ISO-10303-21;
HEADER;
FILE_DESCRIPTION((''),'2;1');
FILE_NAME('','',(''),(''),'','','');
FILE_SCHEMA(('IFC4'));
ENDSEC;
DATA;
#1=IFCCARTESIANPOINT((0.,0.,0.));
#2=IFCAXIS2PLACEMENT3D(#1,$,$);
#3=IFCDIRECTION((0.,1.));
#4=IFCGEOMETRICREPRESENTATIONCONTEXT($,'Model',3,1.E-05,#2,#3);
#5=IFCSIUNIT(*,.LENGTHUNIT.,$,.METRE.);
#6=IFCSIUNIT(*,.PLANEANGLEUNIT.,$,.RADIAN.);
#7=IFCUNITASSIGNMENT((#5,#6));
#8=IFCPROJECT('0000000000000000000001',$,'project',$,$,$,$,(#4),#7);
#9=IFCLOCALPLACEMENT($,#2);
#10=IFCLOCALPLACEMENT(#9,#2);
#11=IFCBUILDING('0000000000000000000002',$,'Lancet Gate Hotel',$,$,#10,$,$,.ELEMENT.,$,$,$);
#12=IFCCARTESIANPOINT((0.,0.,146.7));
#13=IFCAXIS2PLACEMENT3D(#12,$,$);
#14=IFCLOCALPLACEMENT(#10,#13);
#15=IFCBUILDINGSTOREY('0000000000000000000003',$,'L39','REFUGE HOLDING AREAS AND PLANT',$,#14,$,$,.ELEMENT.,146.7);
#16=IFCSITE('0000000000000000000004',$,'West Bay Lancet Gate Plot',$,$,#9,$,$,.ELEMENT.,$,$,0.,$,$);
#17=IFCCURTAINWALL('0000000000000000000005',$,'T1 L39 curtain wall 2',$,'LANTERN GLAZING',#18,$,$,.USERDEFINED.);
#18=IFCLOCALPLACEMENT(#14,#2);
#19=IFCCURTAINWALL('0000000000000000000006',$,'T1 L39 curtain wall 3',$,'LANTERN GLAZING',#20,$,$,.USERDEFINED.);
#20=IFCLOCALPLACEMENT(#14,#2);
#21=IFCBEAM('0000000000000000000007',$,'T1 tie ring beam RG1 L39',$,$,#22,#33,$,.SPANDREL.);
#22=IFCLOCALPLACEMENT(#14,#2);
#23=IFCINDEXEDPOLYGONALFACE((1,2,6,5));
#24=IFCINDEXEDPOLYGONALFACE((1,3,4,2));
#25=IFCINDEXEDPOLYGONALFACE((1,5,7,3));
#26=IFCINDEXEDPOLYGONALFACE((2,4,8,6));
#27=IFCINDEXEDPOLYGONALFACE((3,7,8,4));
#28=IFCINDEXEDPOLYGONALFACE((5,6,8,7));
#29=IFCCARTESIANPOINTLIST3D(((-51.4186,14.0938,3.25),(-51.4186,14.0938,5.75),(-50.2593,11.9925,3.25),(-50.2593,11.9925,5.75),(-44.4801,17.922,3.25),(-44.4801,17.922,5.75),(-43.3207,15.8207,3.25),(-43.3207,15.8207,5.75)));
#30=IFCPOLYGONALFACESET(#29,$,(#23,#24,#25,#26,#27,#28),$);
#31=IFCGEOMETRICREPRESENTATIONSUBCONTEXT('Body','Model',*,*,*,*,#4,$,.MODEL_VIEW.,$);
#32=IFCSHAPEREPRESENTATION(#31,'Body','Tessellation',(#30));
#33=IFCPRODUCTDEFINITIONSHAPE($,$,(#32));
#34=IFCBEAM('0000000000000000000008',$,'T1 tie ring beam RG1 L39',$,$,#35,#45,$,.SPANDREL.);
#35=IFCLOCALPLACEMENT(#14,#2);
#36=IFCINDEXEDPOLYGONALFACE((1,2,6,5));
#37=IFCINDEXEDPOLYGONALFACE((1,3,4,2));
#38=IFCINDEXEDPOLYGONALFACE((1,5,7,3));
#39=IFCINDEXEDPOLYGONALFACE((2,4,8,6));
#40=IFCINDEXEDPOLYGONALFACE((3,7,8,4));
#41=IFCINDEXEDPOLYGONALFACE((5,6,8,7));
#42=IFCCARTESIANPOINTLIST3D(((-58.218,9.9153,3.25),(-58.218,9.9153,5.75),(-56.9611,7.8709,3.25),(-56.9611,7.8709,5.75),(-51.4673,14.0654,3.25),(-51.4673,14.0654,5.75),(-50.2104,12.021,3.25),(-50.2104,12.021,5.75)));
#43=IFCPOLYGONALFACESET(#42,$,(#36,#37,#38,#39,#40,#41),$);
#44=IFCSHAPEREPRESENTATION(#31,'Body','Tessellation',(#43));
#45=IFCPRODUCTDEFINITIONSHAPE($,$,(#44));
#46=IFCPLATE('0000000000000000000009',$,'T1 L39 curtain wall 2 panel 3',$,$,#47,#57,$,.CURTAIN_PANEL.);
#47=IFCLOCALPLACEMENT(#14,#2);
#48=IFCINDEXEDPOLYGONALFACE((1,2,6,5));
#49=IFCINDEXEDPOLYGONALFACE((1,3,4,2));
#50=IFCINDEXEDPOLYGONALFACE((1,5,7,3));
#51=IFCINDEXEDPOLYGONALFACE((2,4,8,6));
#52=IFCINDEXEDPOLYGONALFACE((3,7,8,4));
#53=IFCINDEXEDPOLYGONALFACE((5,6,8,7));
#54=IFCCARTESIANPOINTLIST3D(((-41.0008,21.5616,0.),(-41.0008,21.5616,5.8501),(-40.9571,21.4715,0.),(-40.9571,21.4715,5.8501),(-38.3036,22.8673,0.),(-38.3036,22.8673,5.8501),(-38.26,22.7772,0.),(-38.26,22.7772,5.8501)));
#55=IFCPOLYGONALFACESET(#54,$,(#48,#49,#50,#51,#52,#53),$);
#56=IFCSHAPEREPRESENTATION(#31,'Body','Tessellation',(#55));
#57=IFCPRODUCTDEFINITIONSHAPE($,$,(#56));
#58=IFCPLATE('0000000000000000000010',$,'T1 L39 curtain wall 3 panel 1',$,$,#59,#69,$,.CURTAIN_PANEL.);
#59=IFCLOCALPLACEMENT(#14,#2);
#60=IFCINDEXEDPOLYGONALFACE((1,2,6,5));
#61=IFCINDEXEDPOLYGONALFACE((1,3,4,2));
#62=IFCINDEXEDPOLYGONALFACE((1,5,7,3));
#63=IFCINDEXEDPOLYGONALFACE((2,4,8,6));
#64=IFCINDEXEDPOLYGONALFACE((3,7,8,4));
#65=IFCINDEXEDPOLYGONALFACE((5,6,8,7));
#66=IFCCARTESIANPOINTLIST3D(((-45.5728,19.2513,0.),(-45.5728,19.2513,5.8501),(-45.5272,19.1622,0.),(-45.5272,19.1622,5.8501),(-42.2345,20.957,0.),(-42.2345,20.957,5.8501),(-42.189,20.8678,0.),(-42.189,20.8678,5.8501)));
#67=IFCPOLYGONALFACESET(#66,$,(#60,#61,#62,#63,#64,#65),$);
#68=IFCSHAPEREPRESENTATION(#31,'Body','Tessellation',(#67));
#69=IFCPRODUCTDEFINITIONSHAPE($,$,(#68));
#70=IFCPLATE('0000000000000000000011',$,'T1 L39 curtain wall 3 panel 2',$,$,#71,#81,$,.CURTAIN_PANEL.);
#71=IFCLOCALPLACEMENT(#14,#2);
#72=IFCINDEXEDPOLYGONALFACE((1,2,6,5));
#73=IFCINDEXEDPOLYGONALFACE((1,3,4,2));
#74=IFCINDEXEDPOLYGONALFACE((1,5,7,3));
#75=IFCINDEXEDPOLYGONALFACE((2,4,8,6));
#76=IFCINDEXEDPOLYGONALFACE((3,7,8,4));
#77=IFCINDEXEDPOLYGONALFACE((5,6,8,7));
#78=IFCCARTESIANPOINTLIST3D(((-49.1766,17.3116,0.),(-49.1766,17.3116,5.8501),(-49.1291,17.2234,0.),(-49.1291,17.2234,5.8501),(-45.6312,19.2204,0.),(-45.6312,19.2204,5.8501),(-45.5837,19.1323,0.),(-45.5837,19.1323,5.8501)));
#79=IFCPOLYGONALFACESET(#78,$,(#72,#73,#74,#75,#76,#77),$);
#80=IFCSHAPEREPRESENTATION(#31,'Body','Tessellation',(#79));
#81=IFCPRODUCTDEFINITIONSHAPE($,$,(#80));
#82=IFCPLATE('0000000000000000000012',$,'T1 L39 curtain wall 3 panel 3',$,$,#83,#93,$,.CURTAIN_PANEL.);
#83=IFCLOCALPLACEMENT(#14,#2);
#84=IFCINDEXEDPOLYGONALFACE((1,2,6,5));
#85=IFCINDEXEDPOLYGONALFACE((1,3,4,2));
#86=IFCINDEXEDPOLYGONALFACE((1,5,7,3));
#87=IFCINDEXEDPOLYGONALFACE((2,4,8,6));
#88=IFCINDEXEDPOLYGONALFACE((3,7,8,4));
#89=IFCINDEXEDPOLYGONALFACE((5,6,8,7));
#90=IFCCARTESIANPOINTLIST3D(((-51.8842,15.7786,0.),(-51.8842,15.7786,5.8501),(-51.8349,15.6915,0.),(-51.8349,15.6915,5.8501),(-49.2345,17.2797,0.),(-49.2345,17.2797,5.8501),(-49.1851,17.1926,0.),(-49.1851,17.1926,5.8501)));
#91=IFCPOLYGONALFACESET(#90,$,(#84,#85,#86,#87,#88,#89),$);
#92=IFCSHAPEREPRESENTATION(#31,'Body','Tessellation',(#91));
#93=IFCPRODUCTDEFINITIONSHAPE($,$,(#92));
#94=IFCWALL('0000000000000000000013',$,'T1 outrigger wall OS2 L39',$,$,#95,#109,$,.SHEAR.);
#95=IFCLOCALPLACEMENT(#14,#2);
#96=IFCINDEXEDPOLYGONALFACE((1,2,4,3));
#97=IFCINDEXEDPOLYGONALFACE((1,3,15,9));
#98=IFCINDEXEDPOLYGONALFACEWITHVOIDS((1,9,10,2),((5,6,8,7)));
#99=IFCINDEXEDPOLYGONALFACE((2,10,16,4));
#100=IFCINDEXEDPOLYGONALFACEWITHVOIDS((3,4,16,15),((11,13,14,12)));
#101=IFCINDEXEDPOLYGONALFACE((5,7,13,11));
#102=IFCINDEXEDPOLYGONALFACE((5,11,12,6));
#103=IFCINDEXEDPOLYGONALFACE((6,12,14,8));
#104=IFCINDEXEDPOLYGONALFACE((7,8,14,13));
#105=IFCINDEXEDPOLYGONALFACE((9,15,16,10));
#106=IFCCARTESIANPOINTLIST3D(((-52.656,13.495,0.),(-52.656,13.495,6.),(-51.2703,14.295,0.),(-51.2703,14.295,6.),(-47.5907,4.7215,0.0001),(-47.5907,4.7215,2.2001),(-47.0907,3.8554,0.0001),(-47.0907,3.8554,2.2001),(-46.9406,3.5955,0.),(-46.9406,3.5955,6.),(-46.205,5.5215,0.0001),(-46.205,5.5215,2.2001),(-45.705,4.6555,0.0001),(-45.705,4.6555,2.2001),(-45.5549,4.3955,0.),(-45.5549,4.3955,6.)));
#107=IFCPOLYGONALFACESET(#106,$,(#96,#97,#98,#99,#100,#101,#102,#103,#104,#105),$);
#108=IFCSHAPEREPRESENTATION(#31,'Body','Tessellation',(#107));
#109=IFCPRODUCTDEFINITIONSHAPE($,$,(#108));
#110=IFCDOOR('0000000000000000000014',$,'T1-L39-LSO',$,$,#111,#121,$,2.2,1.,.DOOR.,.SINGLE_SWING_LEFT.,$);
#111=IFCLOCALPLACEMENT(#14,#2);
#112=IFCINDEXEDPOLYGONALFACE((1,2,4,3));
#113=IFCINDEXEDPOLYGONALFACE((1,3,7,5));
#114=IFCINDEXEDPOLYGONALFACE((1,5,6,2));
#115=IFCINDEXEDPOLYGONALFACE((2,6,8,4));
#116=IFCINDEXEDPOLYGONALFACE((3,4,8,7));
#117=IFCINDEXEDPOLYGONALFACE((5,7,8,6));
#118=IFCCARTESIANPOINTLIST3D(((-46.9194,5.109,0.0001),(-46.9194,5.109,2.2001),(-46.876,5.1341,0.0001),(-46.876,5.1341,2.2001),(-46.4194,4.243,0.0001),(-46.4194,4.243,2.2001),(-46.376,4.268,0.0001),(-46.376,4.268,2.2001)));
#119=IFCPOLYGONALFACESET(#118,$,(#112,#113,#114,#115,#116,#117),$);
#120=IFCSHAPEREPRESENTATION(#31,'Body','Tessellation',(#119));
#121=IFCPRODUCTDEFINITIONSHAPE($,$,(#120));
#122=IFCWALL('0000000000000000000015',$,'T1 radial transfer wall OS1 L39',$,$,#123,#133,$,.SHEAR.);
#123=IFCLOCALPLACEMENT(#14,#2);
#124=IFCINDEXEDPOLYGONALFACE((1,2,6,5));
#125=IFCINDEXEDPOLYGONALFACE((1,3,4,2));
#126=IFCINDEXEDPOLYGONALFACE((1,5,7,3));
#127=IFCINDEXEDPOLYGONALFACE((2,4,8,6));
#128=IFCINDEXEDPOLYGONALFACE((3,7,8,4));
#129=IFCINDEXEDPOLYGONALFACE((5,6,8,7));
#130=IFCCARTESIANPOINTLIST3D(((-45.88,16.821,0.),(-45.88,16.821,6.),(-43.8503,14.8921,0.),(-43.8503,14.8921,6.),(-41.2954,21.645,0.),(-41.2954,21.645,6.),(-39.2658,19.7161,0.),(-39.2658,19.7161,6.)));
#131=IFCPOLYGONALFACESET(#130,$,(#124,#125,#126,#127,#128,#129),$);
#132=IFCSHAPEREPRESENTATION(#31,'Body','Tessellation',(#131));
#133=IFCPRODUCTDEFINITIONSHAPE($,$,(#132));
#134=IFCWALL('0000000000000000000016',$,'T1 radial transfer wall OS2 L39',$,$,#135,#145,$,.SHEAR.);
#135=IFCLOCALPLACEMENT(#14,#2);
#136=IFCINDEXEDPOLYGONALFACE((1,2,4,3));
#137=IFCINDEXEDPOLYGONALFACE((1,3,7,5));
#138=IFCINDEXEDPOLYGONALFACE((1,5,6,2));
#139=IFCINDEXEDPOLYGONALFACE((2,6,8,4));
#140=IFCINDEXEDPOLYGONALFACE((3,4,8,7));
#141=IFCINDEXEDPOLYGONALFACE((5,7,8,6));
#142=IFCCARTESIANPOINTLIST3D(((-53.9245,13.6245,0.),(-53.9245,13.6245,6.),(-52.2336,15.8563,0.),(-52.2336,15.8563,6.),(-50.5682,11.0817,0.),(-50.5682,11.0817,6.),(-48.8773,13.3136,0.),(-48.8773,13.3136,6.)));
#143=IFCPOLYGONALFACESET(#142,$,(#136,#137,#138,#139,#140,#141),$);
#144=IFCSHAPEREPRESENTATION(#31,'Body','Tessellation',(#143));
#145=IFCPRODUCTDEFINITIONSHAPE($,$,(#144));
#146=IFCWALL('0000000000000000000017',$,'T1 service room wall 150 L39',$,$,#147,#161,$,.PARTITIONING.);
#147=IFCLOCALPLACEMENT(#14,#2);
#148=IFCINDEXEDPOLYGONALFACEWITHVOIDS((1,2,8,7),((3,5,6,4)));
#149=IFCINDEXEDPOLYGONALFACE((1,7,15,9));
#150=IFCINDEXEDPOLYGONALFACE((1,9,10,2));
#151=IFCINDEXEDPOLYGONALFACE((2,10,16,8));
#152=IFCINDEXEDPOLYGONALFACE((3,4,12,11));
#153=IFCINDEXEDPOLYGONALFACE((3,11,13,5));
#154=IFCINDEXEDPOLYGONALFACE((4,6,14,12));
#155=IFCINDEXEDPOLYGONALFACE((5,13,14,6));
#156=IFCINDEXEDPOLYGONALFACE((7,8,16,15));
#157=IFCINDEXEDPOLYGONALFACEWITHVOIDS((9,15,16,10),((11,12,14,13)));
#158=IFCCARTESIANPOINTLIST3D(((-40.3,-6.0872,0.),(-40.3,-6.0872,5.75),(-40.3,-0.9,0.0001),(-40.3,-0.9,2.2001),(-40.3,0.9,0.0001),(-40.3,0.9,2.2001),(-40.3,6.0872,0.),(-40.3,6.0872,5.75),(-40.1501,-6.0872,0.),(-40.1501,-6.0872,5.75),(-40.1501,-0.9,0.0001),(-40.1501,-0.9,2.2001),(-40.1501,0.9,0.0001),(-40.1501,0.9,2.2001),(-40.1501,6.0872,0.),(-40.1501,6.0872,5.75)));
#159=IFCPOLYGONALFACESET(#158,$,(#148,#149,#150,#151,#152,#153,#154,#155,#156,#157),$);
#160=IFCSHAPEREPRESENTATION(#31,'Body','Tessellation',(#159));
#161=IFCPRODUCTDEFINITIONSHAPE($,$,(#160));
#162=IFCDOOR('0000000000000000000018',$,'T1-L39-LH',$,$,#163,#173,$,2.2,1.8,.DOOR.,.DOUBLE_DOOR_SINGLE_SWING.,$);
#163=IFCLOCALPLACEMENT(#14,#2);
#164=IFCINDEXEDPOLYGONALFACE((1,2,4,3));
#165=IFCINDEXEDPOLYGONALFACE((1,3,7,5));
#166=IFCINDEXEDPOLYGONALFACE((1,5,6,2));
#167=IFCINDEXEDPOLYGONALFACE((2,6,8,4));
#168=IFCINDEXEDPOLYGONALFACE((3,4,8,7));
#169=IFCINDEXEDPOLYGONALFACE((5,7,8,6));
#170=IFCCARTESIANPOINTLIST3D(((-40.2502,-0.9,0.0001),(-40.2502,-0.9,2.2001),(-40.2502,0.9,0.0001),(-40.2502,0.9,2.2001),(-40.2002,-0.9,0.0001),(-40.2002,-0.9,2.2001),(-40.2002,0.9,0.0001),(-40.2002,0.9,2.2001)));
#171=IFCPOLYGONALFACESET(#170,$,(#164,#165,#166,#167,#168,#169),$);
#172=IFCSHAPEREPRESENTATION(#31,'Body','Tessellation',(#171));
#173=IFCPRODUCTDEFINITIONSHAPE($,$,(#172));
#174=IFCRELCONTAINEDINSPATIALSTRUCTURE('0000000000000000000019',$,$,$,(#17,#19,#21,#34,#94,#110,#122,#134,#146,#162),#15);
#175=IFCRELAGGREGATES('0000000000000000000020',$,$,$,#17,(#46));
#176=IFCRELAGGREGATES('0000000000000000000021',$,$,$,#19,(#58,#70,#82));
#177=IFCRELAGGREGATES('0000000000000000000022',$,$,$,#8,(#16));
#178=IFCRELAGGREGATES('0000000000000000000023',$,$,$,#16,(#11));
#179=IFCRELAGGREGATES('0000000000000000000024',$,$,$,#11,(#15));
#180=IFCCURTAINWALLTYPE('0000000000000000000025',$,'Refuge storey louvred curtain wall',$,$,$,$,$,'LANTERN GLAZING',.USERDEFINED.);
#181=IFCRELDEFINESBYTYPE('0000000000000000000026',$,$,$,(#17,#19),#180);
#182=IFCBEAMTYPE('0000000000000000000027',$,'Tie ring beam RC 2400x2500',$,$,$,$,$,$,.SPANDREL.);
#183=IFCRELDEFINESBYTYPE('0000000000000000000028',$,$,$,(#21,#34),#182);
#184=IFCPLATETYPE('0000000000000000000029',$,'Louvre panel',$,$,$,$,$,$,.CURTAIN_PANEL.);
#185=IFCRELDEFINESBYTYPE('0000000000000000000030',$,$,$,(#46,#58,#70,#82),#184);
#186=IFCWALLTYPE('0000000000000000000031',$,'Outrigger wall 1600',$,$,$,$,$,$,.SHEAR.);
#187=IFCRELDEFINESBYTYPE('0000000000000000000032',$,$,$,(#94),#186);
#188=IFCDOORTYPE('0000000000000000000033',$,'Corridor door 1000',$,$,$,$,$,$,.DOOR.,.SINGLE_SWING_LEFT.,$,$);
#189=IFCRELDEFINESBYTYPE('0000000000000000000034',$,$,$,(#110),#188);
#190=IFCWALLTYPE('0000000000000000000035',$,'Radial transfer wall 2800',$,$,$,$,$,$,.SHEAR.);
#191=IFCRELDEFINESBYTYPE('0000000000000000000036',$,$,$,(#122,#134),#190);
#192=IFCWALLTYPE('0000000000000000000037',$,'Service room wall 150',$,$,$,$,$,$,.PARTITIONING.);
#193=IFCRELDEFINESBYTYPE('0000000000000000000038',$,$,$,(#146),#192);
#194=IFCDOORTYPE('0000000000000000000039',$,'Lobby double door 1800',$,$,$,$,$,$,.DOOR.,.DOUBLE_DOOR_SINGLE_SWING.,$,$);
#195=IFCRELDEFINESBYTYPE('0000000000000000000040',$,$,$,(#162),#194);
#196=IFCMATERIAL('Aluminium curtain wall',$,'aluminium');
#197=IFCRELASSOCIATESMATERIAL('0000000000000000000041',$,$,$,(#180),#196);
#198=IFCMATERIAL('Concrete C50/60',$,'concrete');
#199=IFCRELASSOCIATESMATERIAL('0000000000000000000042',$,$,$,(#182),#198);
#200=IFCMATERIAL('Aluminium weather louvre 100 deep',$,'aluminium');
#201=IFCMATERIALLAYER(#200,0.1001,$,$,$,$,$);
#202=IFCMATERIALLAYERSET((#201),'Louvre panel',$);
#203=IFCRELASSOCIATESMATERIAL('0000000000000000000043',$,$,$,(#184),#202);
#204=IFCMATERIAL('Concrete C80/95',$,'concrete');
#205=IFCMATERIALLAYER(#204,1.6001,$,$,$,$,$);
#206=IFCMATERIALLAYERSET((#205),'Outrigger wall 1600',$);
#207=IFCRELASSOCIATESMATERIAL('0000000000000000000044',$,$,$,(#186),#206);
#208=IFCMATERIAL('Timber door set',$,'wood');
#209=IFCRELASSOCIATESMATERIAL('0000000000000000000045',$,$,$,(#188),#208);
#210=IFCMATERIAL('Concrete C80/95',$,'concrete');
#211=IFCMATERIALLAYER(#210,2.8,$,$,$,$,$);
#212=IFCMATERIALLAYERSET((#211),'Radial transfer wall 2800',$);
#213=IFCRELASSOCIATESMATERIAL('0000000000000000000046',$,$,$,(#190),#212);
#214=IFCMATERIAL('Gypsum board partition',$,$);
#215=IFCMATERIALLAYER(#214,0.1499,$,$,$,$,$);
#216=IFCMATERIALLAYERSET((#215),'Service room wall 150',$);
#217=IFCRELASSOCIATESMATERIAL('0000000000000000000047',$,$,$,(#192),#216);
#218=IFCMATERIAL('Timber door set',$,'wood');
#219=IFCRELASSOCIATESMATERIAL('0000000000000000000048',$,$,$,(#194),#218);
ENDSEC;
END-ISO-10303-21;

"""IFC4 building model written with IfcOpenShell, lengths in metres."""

from ifc_helpers import new_model, si_unit, direction, frame, frame_2d, origin, origin_2d, place, context, subcontext, project, spatial, rectangle, extrude, material, layer, layer_set, material_profile, profile_set, type_object, element, fill, aggregate, save


model = new_model("IFC4")

# Units and contexts
model_context = context("Model", 3, precision=1e-05, world=origin(), true_north=direction((0.0, 1.0)))
body_context = subcontext(model_context, "Body", "Model", "MODEL_VIEW")
ifc_project = project(units=[si_unit("LENGTHUNIT", "METRE"), si_unit("PLANEANGLEUNIT", "RADIAN")], contexts=[model_context])

# Site, building, storey
site_placement = place(None, origin())
site = spatial("IfcSite", under=ifc_project, at=site_placement, Name="West Bay Lancet Gate Plot", CompositionType="ELEMENT", RefElevation=0.0)
building_placement = place(site_placement, origin())
building = spatial("IfcBuilding", under=site, at=building_placement, Name="Lancet Gate Hotel", CompositionType="ELEMENT")
storey_placement = place(building_placement, frame((0.0, 0.0, 146.7)))
storey = spatial("IfcBuildingStorey", under=building, at=storey_placement, Name="L39", Description="REFUGE HOLDING AREAS AND PLANT", CompositionType="ELEMENT", Elevation=146.7)

# Curtain walls
ifc_material_1 = material(Name="Aluminium curtain wall", Category="aluminium")
curtain_wall_type = type_object("IfcCurtainWallType", Name="Refuge storey louvred curtain wall", ElementType="LANTERN GLAZING", PredefinedType="USERDEFINED", material=ifc_material_1)
curtain_wall_1_placement = place(storey_placement, origin())
curtain_wall_1 = element("IfcCurtainWall", 1, at=curtain_wall_1_placement, inside=storey, type_object=curtain_wall_type, Name="T1 L39 curtain wall 2", ObjectType="LANTERN GLAZING", PredefinedType="USERDEFINED")
curtain_wall_2_placement = place(storey_placement, origin())
curtain_wall_2 = element("IfcCurtainWall", 2, at=curtain_wall_2_placement, inside=storey, type_object=curtain_wall_type, Name="T1 L39 curtain wall 3", ObjectType="LANTERN GLAZING", PredefinedType="USERDEFINED")

# Beams
ifc_material_2 = material(Name="Concrete C50/60", Category="concrete")
ifc_material_profile_1 = material_profile(ifc_material_2, rectangle(XDim=2.3999, YDim=2.5, at=origin_2d()), Name="RC 2400x2500")
ifc_profile_set_1 = profile_set([ifc_material_profile_1], Name="Concrete C50/60")
beam_type_1 = type_object("IfcBeamType", Name="Tie ring beam RC 2400x2500", PredefinedType="SPANDREL", material=ifc_profile_set_1)
beam_1_placement = place(storey_placement, frame((-43.9004, 16.8713, 4.5), z_axis=(-0.875578, -0.483077, 0.0), x_axis=(0.483077, -0.875578, 0.0)))
element("IfcBeam", 3, at=beam_1_placement, inside=storey, type_object=beam_type_1, Name="T1 tie ring beam RG1 L39", PredefinedType="SPANDREL", context=body_context, shape_type="SweptSolid", body=[
    extrude(rectangle(XDim=2.3999, YDim=2.5, at=origin_2d()), origin(), (0.0, 0.0, 1.0), 7.9246),
])
beam_2_placement = place(storey_placement, frame((-50.8389, 13.0432, 4.5), z_axis=(-0.851892, -0.523717, 0.0), x_axis=(0.523717, -0.851892, 0.0)))
element("IfcBeam", 4, at=beam_2_placement, inside=storey, type_object=beam_type_1, Name="T1 tie ring beam RG1 L39", PredefinedType="SPANDREL", context=body_context, shape_type="SweptSolid", body=[
    extrude(rectangle(XDim=2.3999, YDim=2.5, at=origin_2d()), origin(), (0.0, 0.0, 1.0), 7.9243),
])

# Plates
ifc_material_3 = material(Name="Aluminium weather louvre 100 deep", Category="aluminium")
ifc_layer_1 = layer(ifc_material_3, 0.1001)
ifc_layer_set_1 = layer_set([ifc_layer_1], Name="Louvre panel")
plate_type = type_object("IfcPlateType", Name="Louvre panel", PredefinedType="CURTAIN_PANEL", material=ifc_layer_set_1)
plate_1_placement = place(storey_placement, frame((-39.6304, 22.1694, 0.0), z_axis=(0.0, 0.0, 1.0), x_axis=(-0.900082, -0.435721, 0.0)))
plate_1 = element("IfcPlate", 5, at=plate_1_placement, type_object=plate_type, Name="T1 L39 curtain wall 2 panel 3", PredefinedType="CURTAIN_PANEL", context=body_context, shape_type="SweptSolid", body=[
    extrude(rectangle(XDim=2.9966, YDim=0.1001, at=origin_2d()), origin(), (0.0, 0.0, 1.0), 5.8501),
])
aggregate(curtain_wall_1, [plate_1])
plate_2_placement = place(storey_placement, frame((-43.8809, 20.0596, 0.0), z_axis=(0.0, 0.0, 1.0), x_axis=(-0.890493, -0.454996, 0.0)))
plate_2 = element("IfcPlate", 6, at=plate_2_placement, type_object=plate_type, Name="T1 L39 curtain wall 3 panel 1", PredefinedType="CURTAIN_PANEL", context=body_context, shape_type="SweptSolid", body=[
    extrude(rectangle(XDim=3.7488, YDim=0.1001, at=origin_2d()), origin(), (0.0, 0.0, 1.0), 5.8501),
])
plate_3_placement = place(storey_placement, frame((-47.3801, 18.2219, 0.0), z_axis=(0.0, 0.0, 1.0), x_axis=(-0.880493, -0.47406, 0.0)))
plate_3 = element("IfcPlate", 7, at=plate_3_placement, type_object=plate_type, Name="T1 L39 curtain wall 3 panel 2", PredefinedType="CURTAIN_PANEL", context=body_context, shape_type="SweptSolid", body=[
    extrude(rectangle(XDim=4.0266, YDim=0.1001, at=origin_2d()), origin(), (0.0, 0.0, 1.0), 5.8501),
])
plate_4_placement = place(storey_placement, frame((-50.5347, 16.4856, 0.0), z_axis=(0.0, 0.0, 1.0), x_axis=(-0.870084, -0.492904, 0.0)))
plate_4 = element("IfcPlate", 8, at=plate_4_placement, type_object=plate_type, Name="T1 L39 curtain wall 3 panel 3", PredefinedType="CURTAIN_PANEL", context=body_context, shape_type="SweptSolid", body=[
    extrude(rectangle(XDim=3.0454, YDim=0.1001, at=origin_2d()), origin(), (0.0, 0.0, 1.0), 5.8501),
])
aggregate(curtain_wall_2, [plate_2, plate_3, plate_4])

# Wall, opening, door
ifc_material_4 = material(Name="Concrete C80/95", Category="concrete")
ifc_layer_2 = layer(ifc_material_4, 1.6001)
ifc_layer_set_2 = layer_set([ifc_layer_2], Name="Outrigger wall 1600")
wall_type_1 = type_object("IfcWallType", Name="Outrigger wall 1600", PredefinedType="SHEAR", material=ifc_layer_set_2)
wall_1_placement = place(storey_placement, frame((-46.2478, 3.9956, 0.0), z_axis=(0.0, 0.0, 1.0), x_axis=(-0.499994, 0.866029, 0.0)))
wall_1 = element("IfcWall", 9, at=wall_1_placement, inside=storey, type_object=wall_type_1, Name="T1 outrigger wall OS2 L39", PredefinedType="SHEAR", context=body_context, shape_type="SweptSolid", body=[
    extrude(rectangle(XDim=11.4309, YDim=1.6001, at=frame_2d((5.7153, 0.0))), origin(), (0.0, 0.0, 1.0), 6.0),
])
opening_1_placement = place(wall_1_placement, frame((0.3, 0.0, 0.0)))
opening_1 = element("IfcOpeningElement", 10, at=opening_1_placement, cuts=wall_1, PredefinedType="OPENING", context=body_context, shape_type="SweptSolid", body=[
    extrude(rectangle(XDim=1.0, YDim=2.2, at=frame_2d((0.5, 1.1001))), frame((0.0, 0.8101, 0.0), z_axis=(0.0, -1.0, 0.0), x_axis=(1.0, 0.0, 0.0)), (0.0, 0.0, 1.0), 1.6201),
])
ifc_material_5 = material(Name="Timber door set", Category="wood")
door_type_1 = type_object("IfcDoorType", Name="Corridor door 1000", OperationType="SINGLE_SWING_LEFT", PredefinedType="DOOR", material=ifc_material_5)
door_1_placement = place(opening_1_placement, origin())
door_1 = element("IfcDoor", 11, at=door_1_placement, inside=storey, type_object=door_type_1, Name="T1-L39-LSO", OperationType="SINGLE_SWING_LEFT", OverallHeight=2.2, OverallWidth=1.0, PredefinedType="DOOR", context=body_context, shape_type="SweptSolid", body=[
    extrude(rectangle(XDim=1.0, YDim=2.2, at=frame_2d((0.5, 1.1001))), frame((0.0, 0.0249, 0.0), z_axis=(0.0, -1.0, 0.0), x_axis=(1.0, 0.0, 0.0)), (0.0, 0.0, 1.0), 0.05),
])
fill(opening_1, door_1)

# Walls
ifc_material_6 = material(Name="Concrete C80/95", Category="concrete")
ifc_layer_3 = layer(ifc_material_6, 2.8)
ifc_layer_set_3 = layer_set([ifc_layer_3], Name="Radial transfer wall 2800")
wall_type_2 = type_object("IfcWallType", Name="Radial transfer wall 2800", PredefinedType="SHEAR", material=ifc_layer_set_3)
wall_2_placement = place(storey_placement, frame((-40.2805, 20.6807, 0.0), z_axis=(0.0, 0.0, 1.0), x_axis=(-0.688883, -0.724872, 0.0)))
element("IfcWall", 12, at=wall_2_placement, inside=storey, type_object=wall_type_2, Name="T1 radial transfer wall OS1 L39", PredefinedType="SHEAR", context=body_context, shape_type="SweptSolid", body=[
    extrude(rectangle(XDim=6.655, YDim=2.8, at=frame_2d((3.3276, 0.0))), origin(), (0.0, 0.0, 1.0), 6.0),
])
wall_3_placement = place(storey_placement, frame((-53.0791, 14.7405, 0.0), z_axis=(0.0, 0.0, 1.0), x_axis=(0.797075, -0.60388, 0.0)))
element("IfcWall", 13, at=wall_3_placement, inside=storey, type_object=wall_type_2, Name="T1 radial transfer wall OS2 L39", PredefinedType="SHEAR", context=body_context, shape_type="SweptSolid", body=[
    extrude(rectangle(XDim=4.2107, YDim=2.8, at=frame_2d((2.1055, 0.0))), origin(), (0.0, 0.0, 1.0), 6.0),
])

# Wall, opening, door
ifc_material_7 = material(Name="Gypsum board partition")
ifc_layer_4 = layer(ifc_material_7, 0.1499)
ifc_layer_set_4 = layer_set([ifc_layer_4], Name="Service room wall 150")
wall_type_3 = type_object("IfcWallType", Name="Service room wall 150", PredefinedType="PARTITIONING", material=ifc_layer_set_4)
wall_4_placement = place(storey_placement, frame((-40.2251, 6.0872, 0.0), z_axis=(0.0, 0.0, 1.0), x_axis=(0.0, -1.0, 0.0)))
wall_4 = element("IfcWall", 14, at=wall_4_placement, inside=storey, type_object=wall_type_3, Name="T1 service room wall 150 L39", PredefinedType="PARTITIONING", context=body_context, shape_type="SweptSolid", body=[
    extrude(rectangle(XDim=12.1743, YDim=0.1499, at=frame_2d((6.0872, 0.0))), origin(), (0.0, 0.0, 1.0), 5.75),
])
opening_2_placement = place(wall_4_placement, frame((5.1873, 0.0, 0.0)))
opening_2 = element("IfcOpeningElement", 15, at=opening_2_placement, cuts=wall_4, PredefinedType="OPENING", context=body_context, shape_type="SweptSolid", body=[
    extrude(rectangle(XDim=1.8, YDim=2.2, at=frame_2d((0.8999, 1.1001))), frame((0.0, 0.085, 0.0), z_axis=(0.0, -1.0, 0.0), x_axis=(1.0, 0.0, 0.0)), (0.0, 0.0, 1.0), 0.1699),
])
ifc_material_8 = material(Name="Timber door set", Category="wood")
door_type_2 = type_object("IfcDoorType", Name="Lobby double door 1800", OperationType="DOUBLE_DOOR_SINGLE_SWING", PredefinedType="DOOR", material=ifc_material_8)
door_2_placement = place(opening_2_placement, origin())
door_2 = element("IfcDoor", 16, at=door_2_placement, inside=storey, type_object=door_type_2, Name="T1-L39-LH", OperationType="DOUBLE_DOOR_SINGLE_SWING", OverallHeight=2.2, OverallWidth=1.8, PredefinedType="DOOR", context=body_context, shape_type="SweptSolid", body=[
    extrude(rectangle(XDim=1.8, YDim=2.2, at=frame_2d((0.8999, 1.1001))), frame((0.0, 0.0249, 0.0), z_axis=(0.0, -1.0, 0.0), x_axis=(1.0, 0.0, 0.0)), (0.0, 0.0, 1.0), 0.05),
])
fill(opening_2, door_2)

save(model, "model.ifc")
